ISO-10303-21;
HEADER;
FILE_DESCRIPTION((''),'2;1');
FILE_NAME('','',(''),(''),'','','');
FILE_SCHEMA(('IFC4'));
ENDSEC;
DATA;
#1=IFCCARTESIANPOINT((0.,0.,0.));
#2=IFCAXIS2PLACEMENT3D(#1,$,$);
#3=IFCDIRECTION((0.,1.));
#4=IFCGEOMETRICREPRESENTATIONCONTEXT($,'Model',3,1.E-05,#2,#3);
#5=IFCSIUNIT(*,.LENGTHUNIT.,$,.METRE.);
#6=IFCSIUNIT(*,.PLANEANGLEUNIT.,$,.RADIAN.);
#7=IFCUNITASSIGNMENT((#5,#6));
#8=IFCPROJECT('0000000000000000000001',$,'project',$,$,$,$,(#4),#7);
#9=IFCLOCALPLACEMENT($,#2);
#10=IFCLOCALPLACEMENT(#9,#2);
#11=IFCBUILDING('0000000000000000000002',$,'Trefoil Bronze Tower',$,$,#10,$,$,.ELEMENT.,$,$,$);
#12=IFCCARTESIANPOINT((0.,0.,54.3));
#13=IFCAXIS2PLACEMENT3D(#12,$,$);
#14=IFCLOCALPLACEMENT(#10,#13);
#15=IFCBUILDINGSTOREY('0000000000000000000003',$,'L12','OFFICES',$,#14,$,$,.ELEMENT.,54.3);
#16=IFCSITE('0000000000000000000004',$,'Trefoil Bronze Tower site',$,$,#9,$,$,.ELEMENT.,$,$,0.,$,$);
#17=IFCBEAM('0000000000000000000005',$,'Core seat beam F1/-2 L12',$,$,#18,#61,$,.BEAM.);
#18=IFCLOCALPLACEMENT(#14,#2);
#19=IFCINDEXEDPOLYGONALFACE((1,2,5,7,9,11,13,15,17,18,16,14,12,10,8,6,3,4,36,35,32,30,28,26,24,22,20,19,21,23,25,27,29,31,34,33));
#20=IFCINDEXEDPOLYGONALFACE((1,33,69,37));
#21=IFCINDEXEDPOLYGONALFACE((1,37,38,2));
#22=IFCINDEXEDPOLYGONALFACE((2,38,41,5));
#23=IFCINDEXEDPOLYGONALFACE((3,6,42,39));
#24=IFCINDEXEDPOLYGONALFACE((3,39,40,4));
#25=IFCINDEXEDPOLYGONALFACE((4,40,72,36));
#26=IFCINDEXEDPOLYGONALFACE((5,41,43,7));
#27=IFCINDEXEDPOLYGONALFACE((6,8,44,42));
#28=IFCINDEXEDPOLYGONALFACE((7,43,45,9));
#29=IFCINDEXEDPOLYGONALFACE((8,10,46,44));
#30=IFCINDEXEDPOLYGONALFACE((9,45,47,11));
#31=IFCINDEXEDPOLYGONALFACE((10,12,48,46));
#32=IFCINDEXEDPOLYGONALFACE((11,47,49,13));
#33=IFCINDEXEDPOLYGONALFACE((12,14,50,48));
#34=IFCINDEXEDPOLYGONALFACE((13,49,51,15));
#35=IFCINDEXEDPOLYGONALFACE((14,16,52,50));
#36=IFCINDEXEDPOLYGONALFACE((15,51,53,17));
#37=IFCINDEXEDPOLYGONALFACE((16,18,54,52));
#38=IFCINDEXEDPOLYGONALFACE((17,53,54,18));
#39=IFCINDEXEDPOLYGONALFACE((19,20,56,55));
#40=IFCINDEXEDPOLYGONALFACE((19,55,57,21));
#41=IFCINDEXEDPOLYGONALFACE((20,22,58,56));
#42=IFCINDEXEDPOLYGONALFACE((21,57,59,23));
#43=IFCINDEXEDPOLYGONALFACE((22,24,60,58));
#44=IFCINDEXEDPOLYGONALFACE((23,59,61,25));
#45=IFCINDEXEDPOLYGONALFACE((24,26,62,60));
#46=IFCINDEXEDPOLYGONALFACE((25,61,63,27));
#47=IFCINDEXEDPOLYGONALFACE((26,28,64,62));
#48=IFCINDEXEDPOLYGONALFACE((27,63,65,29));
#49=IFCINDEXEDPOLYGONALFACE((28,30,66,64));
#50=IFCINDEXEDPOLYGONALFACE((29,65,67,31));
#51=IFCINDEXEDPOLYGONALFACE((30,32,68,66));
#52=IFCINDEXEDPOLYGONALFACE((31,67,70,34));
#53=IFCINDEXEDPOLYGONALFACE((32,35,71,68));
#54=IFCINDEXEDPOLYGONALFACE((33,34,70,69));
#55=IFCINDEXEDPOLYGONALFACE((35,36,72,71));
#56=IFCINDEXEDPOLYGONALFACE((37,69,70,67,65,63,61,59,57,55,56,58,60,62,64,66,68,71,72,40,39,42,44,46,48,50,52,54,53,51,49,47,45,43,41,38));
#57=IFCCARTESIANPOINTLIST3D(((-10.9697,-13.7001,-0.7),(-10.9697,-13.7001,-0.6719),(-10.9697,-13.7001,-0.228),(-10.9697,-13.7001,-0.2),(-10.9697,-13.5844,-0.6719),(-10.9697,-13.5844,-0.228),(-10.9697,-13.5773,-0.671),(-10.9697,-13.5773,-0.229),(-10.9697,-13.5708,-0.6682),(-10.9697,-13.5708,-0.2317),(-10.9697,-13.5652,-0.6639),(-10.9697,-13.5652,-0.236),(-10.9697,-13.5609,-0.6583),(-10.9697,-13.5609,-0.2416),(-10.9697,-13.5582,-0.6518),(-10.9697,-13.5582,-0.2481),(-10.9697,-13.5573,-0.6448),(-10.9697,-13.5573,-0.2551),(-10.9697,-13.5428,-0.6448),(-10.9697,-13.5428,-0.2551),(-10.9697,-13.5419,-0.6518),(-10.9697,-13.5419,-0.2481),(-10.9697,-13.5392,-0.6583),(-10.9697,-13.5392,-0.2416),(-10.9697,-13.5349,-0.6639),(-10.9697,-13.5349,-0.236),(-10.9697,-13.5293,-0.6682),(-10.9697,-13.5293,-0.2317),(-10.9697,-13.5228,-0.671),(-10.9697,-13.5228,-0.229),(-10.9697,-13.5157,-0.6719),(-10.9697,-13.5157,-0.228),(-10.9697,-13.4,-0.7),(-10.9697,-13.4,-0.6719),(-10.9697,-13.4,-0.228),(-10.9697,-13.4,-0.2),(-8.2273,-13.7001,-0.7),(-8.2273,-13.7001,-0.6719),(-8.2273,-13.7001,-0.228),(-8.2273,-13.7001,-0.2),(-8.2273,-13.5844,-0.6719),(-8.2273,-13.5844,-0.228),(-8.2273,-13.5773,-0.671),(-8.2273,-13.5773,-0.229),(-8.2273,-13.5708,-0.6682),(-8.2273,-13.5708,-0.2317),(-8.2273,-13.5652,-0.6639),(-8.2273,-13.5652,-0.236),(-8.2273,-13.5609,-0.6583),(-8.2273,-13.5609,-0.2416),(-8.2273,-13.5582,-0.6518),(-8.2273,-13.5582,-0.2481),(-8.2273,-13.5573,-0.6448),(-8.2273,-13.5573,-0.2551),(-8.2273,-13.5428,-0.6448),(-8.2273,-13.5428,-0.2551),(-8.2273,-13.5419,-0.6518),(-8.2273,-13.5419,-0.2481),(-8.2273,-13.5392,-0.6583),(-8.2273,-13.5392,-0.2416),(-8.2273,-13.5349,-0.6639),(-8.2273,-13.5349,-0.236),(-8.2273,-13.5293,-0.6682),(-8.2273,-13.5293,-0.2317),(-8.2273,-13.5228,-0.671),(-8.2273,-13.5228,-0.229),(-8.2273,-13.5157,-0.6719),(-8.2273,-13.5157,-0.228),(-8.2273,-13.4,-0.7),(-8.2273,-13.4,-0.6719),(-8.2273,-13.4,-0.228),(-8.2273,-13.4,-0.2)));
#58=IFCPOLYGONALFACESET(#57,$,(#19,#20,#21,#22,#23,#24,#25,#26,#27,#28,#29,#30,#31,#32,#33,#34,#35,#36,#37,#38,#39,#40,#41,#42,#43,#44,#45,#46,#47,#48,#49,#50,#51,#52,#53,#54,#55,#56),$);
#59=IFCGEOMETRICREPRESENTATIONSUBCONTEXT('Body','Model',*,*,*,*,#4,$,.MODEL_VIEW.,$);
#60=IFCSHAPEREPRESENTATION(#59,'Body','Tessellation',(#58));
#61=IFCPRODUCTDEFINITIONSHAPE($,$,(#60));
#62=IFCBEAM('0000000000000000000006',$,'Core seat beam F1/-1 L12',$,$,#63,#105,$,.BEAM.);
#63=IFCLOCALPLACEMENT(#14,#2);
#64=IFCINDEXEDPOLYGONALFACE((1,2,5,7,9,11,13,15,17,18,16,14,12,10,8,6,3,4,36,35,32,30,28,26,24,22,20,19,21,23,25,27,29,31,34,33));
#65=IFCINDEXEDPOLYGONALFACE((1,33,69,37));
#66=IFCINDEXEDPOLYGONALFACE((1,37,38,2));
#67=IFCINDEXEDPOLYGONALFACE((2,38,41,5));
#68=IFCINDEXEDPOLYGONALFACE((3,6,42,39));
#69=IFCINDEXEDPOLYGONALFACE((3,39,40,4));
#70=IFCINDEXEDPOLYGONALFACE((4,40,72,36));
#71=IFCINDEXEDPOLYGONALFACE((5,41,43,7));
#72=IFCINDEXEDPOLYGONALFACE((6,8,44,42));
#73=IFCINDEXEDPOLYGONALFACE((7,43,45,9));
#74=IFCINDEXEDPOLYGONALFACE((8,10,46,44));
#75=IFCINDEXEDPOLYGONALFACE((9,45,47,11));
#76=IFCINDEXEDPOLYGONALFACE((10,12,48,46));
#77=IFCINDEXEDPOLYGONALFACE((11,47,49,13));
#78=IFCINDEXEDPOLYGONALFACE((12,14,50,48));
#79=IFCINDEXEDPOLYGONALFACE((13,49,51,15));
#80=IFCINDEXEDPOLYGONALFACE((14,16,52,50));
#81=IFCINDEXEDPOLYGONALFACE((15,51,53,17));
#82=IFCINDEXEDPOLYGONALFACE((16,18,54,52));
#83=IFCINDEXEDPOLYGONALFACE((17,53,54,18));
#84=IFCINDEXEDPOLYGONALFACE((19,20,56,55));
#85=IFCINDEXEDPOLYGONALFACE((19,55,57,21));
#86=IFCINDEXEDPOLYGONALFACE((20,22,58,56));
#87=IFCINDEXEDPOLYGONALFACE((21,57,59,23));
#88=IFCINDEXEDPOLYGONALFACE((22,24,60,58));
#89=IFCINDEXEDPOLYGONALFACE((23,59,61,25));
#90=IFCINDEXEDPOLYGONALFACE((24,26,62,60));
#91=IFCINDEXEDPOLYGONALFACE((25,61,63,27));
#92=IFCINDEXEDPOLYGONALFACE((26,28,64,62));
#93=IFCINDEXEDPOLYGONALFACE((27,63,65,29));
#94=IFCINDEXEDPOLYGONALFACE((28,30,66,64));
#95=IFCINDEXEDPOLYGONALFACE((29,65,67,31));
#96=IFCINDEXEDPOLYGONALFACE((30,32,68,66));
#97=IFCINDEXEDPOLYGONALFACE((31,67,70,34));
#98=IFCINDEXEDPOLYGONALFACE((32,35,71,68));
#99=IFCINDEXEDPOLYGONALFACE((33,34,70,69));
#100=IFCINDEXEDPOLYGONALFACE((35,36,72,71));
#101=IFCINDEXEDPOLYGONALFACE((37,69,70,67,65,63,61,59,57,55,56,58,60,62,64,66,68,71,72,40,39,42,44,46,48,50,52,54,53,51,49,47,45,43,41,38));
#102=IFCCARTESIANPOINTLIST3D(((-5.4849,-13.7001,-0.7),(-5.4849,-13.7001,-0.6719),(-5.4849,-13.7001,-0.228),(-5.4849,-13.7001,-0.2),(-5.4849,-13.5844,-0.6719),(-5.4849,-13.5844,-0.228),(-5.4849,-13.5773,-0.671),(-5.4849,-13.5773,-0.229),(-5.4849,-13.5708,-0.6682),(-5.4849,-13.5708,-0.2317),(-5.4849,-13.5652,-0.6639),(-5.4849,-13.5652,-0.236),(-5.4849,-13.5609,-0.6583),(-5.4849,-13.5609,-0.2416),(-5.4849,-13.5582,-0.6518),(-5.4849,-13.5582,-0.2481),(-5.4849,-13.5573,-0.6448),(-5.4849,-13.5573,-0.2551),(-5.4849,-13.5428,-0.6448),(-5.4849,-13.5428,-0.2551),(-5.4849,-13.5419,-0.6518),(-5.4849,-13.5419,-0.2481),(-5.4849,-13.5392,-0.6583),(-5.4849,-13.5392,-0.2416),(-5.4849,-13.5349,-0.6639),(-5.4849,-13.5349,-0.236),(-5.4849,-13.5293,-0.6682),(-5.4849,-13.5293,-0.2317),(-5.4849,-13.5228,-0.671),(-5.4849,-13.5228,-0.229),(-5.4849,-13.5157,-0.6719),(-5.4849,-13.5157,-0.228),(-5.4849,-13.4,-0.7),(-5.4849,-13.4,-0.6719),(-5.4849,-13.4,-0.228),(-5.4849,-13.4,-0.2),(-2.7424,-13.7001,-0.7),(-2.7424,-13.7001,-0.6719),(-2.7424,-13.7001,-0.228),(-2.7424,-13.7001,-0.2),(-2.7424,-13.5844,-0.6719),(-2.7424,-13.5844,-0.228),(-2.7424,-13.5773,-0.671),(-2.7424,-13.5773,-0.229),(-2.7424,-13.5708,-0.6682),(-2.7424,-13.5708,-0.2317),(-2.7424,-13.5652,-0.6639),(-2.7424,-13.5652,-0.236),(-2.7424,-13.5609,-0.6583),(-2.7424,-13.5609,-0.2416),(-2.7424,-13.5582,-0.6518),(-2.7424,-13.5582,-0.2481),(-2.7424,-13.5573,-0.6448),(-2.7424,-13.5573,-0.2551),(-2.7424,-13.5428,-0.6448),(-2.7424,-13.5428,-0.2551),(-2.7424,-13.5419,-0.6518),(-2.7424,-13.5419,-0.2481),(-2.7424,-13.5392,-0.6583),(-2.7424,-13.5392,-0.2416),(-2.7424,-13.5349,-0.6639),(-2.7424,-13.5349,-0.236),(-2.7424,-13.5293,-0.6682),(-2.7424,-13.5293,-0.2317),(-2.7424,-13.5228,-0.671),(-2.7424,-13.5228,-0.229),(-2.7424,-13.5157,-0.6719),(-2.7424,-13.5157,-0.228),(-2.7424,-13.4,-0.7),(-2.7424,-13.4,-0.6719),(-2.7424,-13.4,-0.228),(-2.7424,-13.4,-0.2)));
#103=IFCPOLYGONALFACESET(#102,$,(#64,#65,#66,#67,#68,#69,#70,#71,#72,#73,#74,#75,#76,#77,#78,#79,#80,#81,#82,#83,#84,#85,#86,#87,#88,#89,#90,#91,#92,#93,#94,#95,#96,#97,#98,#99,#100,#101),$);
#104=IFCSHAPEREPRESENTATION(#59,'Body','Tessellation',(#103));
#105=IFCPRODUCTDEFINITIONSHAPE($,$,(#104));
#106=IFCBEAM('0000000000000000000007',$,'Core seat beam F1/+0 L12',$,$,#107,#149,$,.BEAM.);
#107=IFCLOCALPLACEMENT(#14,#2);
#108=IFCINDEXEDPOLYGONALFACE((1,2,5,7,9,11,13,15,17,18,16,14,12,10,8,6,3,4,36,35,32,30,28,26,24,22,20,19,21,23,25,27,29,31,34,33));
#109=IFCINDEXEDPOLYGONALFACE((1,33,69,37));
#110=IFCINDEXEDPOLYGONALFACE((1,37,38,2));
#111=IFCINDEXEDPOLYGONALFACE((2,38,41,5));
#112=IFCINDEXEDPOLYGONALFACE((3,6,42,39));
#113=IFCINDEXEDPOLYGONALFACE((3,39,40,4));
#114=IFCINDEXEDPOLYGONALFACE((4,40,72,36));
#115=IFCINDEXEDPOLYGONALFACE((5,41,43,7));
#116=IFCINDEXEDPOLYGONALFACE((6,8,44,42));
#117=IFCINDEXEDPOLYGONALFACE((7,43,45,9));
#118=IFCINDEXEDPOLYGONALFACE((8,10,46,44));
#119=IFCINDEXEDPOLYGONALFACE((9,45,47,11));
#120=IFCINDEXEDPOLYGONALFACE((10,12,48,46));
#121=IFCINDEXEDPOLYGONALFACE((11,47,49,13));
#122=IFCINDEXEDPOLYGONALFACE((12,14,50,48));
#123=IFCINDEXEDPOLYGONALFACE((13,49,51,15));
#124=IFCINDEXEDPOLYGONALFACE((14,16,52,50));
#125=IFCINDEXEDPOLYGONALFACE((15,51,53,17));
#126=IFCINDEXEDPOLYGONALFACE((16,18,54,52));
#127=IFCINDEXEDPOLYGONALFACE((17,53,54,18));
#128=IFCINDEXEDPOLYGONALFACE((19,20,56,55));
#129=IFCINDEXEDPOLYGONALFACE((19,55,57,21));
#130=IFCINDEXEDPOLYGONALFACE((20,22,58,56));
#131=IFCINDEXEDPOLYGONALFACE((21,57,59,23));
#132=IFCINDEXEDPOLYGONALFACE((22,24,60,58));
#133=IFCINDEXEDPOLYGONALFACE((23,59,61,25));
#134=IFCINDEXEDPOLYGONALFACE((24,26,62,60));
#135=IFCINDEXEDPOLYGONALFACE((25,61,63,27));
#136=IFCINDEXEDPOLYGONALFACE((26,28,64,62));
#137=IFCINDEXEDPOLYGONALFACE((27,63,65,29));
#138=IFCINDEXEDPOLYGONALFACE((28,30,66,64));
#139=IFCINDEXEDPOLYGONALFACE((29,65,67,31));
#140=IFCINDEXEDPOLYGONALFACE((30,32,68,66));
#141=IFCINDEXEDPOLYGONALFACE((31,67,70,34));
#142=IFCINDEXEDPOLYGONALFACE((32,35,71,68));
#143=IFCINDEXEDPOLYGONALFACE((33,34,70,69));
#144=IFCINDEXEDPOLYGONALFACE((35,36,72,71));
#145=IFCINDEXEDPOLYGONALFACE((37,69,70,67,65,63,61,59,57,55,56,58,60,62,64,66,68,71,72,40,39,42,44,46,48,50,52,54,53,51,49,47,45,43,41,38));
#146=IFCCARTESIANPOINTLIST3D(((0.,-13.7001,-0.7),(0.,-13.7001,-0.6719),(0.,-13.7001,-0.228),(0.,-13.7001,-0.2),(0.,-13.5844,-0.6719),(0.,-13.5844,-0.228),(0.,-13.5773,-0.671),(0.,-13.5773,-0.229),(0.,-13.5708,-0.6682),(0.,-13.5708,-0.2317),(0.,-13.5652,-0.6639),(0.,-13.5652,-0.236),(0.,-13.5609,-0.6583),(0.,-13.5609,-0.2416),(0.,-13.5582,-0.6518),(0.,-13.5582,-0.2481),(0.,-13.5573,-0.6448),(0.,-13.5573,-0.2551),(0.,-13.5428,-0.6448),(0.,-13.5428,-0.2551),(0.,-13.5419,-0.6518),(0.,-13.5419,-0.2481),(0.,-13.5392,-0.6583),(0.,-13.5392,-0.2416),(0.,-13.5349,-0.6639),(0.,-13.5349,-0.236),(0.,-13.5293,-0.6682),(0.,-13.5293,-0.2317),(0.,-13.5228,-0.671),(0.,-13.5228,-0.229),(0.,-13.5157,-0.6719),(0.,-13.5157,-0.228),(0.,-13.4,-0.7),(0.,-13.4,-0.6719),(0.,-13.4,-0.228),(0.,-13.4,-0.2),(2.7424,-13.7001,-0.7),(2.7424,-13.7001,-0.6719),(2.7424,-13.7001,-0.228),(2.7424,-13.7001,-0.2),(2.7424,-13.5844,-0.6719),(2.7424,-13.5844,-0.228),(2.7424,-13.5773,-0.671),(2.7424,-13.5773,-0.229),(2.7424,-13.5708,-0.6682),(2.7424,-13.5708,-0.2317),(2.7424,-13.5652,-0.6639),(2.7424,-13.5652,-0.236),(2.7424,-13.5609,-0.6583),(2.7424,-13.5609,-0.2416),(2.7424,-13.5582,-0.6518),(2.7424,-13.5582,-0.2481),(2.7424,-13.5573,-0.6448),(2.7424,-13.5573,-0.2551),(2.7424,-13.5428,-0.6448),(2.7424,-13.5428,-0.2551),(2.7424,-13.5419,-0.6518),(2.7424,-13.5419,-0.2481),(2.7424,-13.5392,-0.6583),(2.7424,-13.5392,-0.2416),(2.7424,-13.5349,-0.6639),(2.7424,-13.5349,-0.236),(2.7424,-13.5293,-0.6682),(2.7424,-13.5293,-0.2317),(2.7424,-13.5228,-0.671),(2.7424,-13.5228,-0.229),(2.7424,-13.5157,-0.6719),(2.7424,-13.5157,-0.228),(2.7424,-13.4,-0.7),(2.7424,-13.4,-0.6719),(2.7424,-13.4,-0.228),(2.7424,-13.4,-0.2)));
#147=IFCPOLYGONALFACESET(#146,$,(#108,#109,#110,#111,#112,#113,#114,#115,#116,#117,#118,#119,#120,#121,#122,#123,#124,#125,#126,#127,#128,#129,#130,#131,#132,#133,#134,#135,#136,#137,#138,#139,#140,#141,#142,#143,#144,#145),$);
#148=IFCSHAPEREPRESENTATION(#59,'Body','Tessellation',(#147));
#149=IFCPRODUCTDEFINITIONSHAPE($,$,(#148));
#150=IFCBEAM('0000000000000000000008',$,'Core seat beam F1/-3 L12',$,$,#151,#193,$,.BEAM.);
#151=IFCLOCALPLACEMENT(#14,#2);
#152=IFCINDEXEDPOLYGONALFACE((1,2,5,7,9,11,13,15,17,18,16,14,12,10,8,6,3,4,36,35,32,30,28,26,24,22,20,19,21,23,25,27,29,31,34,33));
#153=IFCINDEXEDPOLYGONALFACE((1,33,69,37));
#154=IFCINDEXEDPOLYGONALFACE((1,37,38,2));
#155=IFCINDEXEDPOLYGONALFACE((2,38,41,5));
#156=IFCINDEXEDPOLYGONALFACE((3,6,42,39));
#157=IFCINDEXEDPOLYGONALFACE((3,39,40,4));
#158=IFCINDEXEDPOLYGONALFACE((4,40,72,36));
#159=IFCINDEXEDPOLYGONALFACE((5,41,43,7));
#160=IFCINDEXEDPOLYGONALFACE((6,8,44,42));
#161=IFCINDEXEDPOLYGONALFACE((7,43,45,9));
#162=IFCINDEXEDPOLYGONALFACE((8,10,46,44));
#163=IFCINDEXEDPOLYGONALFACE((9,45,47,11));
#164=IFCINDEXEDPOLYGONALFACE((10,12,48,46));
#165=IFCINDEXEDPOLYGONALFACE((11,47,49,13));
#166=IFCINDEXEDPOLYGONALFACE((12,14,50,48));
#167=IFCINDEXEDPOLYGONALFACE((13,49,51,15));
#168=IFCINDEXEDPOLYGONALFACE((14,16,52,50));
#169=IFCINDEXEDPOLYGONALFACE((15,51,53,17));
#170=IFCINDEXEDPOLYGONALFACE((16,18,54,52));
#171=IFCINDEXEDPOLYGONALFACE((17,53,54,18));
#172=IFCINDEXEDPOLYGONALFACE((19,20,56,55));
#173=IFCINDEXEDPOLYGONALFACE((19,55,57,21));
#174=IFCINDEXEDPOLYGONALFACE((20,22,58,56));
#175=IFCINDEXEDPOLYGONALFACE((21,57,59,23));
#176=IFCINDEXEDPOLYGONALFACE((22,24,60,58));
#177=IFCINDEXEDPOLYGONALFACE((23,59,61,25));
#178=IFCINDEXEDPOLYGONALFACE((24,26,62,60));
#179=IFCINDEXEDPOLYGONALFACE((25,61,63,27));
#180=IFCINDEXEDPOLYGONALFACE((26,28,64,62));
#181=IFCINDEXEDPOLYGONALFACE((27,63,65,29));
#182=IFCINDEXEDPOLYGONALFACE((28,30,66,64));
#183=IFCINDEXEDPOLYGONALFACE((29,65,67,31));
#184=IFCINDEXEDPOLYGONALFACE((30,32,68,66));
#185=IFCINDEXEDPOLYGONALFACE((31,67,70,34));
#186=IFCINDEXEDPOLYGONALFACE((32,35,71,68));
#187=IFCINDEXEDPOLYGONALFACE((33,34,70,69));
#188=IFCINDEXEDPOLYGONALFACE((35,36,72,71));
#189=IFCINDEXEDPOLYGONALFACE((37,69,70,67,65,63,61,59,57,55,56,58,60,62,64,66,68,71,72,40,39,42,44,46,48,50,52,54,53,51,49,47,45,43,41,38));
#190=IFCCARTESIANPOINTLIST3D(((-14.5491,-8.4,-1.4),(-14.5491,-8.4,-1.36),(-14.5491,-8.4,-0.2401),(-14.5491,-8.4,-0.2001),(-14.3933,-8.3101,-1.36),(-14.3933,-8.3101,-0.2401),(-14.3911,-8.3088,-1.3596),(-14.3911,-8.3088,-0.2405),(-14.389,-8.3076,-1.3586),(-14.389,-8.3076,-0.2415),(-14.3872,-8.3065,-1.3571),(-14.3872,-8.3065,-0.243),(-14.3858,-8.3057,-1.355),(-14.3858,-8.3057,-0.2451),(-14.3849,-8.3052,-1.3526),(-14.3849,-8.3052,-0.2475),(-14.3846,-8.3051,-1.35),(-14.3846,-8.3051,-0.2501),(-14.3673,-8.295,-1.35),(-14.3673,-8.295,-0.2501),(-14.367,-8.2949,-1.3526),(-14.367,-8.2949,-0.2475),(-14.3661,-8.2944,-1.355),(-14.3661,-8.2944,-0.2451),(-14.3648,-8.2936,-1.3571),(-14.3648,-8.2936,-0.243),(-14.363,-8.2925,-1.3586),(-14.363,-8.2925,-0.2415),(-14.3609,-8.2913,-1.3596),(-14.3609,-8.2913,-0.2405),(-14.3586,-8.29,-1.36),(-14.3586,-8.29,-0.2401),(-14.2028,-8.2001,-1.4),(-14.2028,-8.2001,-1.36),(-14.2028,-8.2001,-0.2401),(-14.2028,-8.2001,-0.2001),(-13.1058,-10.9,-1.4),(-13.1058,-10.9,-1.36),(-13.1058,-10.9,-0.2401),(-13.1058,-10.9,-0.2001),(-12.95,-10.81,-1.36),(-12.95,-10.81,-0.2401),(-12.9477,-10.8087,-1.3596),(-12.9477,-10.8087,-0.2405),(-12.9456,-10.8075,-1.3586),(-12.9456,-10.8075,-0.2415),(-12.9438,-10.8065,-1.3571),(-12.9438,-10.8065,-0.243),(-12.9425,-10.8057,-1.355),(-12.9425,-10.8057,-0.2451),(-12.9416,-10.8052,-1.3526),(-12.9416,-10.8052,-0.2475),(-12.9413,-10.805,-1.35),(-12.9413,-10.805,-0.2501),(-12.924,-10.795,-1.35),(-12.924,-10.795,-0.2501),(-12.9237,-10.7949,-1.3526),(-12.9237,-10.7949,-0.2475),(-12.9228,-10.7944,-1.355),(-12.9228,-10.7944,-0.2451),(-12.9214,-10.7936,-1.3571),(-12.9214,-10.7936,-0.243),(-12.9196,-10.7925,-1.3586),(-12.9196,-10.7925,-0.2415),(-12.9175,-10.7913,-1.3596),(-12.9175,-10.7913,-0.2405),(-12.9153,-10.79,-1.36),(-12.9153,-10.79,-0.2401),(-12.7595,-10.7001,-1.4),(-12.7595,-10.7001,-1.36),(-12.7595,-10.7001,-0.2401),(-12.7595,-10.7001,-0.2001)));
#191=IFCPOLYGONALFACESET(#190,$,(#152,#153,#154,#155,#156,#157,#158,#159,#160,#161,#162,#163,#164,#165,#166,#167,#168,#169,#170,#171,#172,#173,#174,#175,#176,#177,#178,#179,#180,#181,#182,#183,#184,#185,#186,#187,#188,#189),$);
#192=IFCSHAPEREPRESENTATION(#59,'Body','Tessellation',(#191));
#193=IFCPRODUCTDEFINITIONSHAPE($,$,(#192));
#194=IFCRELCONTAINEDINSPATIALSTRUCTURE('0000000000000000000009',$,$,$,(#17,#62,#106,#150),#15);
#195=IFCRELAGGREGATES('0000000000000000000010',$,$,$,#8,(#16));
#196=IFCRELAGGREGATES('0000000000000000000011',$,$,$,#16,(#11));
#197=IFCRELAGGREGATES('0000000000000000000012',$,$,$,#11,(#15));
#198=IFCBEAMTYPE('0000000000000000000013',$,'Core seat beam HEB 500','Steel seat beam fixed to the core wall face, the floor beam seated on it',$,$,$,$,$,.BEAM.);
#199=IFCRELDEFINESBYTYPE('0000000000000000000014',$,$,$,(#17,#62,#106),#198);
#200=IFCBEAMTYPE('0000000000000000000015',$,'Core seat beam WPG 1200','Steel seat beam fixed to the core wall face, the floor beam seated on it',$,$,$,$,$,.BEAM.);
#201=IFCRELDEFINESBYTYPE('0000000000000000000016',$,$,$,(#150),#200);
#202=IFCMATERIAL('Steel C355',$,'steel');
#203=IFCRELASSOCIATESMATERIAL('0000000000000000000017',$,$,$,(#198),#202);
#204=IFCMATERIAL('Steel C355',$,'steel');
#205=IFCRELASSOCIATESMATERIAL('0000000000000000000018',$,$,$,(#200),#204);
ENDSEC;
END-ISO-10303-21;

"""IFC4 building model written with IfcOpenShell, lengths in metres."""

from ifc_helpers import new_model, si_unit, direction, frame, origin, origin_2d, place, context, subcontext, project, spatial, i_section, extrude, material, material_profile, profile_set, type_object, element, save


model = new_model("IFC4")

# Units and contexts
model_context = context("Model", 3, precision=1e-05, world=origin(), true_north=direction((0.0, 1.0)))
body_context = subcontext(model_context, "Body", "Model", "MODEL_VIEW")
ifc_project = project(units=[si_unit("LENGTHUNIT", "METRE"), si_unit("PLANEANGLEUNIT", "RADIAN")], contexts=[model_context])

# Site, building, storey
site_placement = place(None, origin())
site = spatial("IfcSite", under=ifc_project, at=site_placement, Name="Trefoil Bronze Tower site", CompositionType="ELEMENT", RefElevation=0.0)
building_placement = place(site_placement, origin())
building = spatial("IfcBuilding", under=site, at=building_placement, Name="Trefoil Bronze Tower", CompositionType="ELEMENT")
storey_placement = place(building_placement, frame((0.0, 0.0, 54.3)))
storey = spatial("IfcBuildingStorey", under=building, at=storey_placement, Name="L12", Description="OFFICES", CompositionType="ELEMENT", Elevation=54.3)

# Beams
ifc_material_1 = material(Name="Steel C355", Category="steel")
ifc_material_profile_1 = material_profile(ifc_material_1, i_section(OverallWidth=0.3, OverallDepth=0.5, WebThickness=0.0144, FlangeThickness=0.0281, FilletRadius=0.0271, at=origin_2d()), Name="HEB 500")
ifc_profile_set_1 = profile_set([ifc_material_profile_1], Name="Steel C355")
beam_type_1 = type_object("IfcBeamType", Name="Core seat beam HEB 500", Description="Steel seat beam fixed to the core wall face, the floor beam seated on it", PredefinedType="BEAM", material=ifc_profile_set_1)
for number, where, z_axis, x_axis, name in (
    (1, (-10.9697, -13.55, -0.45), (1.0, 0.0, 0.0), (0.0, 1.0, 0.0), "Core seat beam F1/-2 L12"),
    (2, (-5.4849, -13.55, -0.45), (1.0, 0.0, 0.0), (0.0, 1.0, 0.0), "Core seat beam F1/-1 L12"),
    (3, (0.0, -13.55, -0.45), (1.0, 0.0, 0.0), (0.0, 1.0, 0.0), "Core seat beam F1/+0 L12"),
):
    element("IfcBeam", number, at=place(storey_placement, frame(where, z_axis=z_axis, x_axis=x_axis)), inside=storey, type_object=beam_type_1, Name=name, PredefinedType="BEAM", context=body_context, shape_type="SweptSolid", body=[
        extrude(i_section(OverallWidth=0.3, OverallDepth=0.5, WebThickness=0.0144, FlangeThickness=0.0281, FilletRadius=0.0271, at=origin_2d()), origin(), (0.0, 0.0, 1.0), 2.7424),
    ])
ifc_material_2 = material(Name="Steel C355", Category="steel")
ifc_material_profile_2 = material_profile(ifc_material_2, i_section(OverallWidth=0.3999, OverallDepth=1.2, WebThickness=0.02, FlangeThickness=0.04, FilletRadius=0.01, at=origin_2d()), Name="WPG 1200")
ifc_profile_set_2 = profile_set([ifc_material_profile_2], Name="Steel C355")
beam_type_2 = type_object("IfcBeamType", Name="Core seat beam WPG 1200", Description="Steel seat beam fixed to the core wall face, the floor beam seated on it", PredefinedType="BEAM", material=ifc_profile_set_2)
beam_1_placement = place(storey_placement, frame((-14.376, -8.3, -0.8), z_axis=(0.499996, -0.866028, 0.0), x_axis=(0.866028, 0.499996, 0.0)))
element("IfcBeam", 4, at=beam_1_placement, inside=storey, type_object=beam_type_2, Name="Core seat beam F1/-3 L12", PredefinedType="BEAM", context=body_context, shape_type="SweptSolid", body=[
    extrude(i_section(OverallWidth=0.3999, OverallDepth=1.2, WebThickness=0.02, FlangeThickness=0.04, FilletRadius=0.01, at=origin_2d()), origin(), (0.0, 0.0, 1.0), 2.8867),
])

save(model, "model.ifc")
